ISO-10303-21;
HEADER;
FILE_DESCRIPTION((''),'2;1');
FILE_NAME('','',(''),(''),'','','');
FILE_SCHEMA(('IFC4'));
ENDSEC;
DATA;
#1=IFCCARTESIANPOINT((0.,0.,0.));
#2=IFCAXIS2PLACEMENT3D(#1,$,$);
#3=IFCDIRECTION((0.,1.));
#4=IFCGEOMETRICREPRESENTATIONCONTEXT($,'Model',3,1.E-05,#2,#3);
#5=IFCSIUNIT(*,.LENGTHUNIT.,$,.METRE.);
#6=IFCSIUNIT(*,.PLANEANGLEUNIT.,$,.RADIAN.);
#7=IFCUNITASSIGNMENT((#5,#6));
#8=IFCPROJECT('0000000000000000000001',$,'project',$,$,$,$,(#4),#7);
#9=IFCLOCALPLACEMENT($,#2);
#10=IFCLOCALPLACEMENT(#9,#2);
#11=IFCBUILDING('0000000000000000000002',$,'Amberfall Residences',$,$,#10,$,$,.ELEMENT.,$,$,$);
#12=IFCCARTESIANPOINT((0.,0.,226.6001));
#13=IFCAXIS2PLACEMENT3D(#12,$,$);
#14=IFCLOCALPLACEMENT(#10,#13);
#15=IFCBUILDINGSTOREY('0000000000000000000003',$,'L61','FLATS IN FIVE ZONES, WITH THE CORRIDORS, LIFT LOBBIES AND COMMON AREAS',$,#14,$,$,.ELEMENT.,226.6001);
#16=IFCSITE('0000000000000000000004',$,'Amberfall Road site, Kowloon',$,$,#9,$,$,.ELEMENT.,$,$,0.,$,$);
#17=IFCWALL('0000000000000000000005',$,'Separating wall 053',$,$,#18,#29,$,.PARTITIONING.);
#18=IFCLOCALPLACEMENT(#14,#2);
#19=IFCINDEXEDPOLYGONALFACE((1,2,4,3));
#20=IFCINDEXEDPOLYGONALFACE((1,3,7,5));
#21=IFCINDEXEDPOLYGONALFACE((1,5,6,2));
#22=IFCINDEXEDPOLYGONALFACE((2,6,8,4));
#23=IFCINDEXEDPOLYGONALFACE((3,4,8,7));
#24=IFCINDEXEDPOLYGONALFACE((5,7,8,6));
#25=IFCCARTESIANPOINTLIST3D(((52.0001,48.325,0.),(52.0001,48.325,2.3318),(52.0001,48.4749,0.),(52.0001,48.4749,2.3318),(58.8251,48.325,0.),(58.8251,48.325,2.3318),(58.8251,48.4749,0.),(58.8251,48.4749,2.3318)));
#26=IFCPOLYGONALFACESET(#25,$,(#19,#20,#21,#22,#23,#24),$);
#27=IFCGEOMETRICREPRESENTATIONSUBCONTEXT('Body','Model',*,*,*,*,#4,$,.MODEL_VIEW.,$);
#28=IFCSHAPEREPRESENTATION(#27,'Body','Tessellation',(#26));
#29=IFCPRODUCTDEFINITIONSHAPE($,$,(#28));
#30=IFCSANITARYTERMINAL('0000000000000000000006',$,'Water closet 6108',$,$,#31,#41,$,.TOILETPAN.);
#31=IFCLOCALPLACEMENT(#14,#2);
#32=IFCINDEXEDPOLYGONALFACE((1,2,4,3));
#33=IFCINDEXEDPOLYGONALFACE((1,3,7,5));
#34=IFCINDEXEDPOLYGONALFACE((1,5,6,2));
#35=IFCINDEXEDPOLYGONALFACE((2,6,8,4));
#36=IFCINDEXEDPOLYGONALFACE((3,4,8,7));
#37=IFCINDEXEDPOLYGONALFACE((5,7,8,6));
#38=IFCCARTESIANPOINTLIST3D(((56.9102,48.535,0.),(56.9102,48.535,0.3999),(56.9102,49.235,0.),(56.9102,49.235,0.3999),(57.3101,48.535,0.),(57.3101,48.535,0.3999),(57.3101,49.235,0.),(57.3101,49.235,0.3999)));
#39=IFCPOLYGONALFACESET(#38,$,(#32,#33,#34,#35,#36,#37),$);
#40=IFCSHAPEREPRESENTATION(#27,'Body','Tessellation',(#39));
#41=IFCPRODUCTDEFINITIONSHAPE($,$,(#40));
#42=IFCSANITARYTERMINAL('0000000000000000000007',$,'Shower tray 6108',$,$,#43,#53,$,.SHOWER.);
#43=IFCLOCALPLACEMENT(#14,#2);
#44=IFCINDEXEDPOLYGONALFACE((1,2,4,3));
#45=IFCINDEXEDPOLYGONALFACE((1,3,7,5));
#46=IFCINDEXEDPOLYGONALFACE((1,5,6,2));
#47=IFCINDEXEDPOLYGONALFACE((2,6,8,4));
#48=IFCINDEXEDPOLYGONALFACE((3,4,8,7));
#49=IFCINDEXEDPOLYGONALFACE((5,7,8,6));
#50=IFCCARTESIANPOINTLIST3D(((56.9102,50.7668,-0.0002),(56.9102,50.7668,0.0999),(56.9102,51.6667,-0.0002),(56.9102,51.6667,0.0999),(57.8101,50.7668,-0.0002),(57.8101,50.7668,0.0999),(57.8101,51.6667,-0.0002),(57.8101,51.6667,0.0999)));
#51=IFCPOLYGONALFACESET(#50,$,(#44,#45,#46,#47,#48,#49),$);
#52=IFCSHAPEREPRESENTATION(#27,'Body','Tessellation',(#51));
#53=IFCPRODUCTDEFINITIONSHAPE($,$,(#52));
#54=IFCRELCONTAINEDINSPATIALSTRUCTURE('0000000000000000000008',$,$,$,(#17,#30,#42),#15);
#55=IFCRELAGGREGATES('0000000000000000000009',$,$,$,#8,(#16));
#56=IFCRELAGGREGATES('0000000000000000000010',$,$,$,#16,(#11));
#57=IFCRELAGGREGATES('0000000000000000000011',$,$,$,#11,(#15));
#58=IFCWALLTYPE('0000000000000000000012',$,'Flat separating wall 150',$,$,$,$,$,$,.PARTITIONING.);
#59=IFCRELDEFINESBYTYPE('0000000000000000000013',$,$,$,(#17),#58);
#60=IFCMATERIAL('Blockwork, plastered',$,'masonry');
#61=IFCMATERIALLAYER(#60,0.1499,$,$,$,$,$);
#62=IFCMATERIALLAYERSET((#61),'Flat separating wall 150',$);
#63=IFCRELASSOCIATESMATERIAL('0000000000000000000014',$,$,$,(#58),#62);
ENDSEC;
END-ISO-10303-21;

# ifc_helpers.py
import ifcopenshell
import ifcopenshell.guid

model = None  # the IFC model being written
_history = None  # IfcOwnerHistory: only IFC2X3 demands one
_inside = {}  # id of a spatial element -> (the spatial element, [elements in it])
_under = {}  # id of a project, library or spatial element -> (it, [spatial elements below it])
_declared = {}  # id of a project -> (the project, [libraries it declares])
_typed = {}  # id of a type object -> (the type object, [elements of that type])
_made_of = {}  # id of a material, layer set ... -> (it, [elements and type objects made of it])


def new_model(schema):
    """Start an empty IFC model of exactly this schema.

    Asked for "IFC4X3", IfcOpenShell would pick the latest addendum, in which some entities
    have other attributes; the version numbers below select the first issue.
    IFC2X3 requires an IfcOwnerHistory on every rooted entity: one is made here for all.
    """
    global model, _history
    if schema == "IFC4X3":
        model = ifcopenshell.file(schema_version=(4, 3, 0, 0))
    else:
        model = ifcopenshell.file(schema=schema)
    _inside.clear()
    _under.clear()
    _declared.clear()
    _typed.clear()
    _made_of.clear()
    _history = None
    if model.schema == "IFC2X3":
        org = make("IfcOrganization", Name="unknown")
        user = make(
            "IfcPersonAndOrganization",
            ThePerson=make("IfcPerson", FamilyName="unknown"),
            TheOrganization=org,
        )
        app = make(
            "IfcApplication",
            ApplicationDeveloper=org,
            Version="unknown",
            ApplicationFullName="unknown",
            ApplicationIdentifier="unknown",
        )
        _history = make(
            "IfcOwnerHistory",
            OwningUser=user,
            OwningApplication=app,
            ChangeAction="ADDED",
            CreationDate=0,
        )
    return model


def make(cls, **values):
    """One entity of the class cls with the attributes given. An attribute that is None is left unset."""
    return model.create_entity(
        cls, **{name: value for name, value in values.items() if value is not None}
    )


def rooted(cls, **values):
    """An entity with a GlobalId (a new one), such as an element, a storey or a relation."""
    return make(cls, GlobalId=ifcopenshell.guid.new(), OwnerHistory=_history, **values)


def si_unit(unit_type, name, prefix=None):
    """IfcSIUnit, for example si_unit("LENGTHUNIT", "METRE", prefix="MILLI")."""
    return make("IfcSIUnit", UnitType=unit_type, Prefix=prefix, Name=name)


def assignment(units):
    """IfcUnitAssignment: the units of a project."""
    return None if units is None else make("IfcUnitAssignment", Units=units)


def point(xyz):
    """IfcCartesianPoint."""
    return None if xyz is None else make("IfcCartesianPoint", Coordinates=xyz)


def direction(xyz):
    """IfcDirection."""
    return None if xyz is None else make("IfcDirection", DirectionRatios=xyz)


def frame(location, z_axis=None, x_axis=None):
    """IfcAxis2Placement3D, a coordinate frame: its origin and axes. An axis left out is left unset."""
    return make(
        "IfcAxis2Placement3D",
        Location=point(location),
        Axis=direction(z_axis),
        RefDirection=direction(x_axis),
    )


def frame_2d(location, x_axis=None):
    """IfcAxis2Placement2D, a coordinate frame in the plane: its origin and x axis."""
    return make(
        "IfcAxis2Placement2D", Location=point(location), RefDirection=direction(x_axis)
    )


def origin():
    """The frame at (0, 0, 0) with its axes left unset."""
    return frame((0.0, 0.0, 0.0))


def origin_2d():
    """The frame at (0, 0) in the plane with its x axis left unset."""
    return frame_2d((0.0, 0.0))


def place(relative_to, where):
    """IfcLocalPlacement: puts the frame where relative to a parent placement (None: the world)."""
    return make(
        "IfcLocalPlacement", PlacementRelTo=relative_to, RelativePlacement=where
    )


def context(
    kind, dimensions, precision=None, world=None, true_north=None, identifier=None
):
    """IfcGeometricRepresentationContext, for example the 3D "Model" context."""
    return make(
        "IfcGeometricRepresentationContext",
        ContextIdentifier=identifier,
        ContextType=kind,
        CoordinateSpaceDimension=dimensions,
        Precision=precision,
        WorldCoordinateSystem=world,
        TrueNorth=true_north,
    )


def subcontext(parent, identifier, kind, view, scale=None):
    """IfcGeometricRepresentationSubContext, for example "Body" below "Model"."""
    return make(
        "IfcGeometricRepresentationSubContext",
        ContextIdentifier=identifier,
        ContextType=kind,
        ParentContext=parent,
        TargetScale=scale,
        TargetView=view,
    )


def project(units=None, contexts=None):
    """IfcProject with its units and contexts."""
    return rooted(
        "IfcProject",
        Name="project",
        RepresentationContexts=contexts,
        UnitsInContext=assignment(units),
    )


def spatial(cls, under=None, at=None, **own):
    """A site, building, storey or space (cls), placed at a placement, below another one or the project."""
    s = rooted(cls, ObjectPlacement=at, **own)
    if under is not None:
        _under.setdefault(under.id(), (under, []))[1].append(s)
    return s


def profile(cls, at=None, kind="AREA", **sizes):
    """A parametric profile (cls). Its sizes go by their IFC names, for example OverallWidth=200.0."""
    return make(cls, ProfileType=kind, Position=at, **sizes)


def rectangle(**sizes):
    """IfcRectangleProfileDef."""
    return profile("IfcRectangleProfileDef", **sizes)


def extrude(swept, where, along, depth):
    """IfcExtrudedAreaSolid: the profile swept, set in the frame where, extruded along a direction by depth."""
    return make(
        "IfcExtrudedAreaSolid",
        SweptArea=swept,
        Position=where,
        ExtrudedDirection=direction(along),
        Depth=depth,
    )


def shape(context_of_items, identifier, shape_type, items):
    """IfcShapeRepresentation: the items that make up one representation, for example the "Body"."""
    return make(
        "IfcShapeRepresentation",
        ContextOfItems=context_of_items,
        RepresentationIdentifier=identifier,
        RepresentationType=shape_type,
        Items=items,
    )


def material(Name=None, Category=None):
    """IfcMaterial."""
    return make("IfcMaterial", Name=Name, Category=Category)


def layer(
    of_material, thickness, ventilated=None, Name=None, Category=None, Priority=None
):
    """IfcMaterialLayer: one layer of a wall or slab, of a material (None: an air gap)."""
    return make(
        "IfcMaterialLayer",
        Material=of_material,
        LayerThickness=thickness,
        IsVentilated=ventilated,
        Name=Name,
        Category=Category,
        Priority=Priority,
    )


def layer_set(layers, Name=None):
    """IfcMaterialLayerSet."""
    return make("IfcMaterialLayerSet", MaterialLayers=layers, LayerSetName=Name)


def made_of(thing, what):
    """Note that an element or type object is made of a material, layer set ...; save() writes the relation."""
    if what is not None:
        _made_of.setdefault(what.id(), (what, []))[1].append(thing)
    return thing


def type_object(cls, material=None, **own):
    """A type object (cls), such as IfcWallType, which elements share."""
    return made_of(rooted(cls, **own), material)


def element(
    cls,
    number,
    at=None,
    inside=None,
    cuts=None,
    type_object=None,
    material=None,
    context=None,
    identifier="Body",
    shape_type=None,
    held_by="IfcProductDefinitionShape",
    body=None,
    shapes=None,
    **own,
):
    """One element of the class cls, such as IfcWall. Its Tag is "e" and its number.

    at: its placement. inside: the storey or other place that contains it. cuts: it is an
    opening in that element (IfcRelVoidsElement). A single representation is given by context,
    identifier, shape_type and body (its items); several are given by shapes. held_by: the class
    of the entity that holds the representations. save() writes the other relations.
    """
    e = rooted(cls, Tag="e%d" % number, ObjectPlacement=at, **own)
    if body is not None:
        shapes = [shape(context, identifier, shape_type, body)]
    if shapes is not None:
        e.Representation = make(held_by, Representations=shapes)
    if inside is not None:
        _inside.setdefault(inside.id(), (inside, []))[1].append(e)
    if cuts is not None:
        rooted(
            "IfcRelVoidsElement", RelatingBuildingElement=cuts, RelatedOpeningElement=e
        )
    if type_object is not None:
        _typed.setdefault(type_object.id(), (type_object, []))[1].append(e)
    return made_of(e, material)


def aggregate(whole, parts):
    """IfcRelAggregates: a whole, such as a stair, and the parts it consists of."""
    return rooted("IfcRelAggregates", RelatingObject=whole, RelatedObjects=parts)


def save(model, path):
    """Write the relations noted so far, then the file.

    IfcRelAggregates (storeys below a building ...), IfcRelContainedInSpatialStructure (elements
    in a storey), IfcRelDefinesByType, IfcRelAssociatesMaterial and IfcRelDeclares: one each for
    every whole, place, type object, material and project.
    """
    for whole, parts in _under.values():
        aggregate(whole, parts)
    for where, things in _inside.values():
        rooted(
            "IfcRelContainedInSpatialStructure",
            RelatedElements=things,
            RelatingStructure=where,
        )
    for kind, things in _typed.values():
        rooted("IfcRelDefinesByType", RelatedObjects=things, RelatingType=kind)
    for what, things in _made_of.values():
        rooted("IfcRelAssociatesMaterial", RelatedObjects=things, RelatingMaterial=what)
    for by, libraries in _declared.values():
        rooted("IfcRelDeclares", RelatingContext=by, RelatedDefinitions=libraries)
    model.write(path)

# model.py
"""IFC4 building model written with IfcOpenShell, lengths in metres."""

from ifc_helpers import new_model, si_unit, direction, frame, frame_2d, origin, origin_2d, place, context, subcontext, project, spatial, rectangle, extrude, material, layer, layer_set, type_object, element, save


model = new_model("IFC4")

# Units and contexts
model_context = context("Model", 3, precision=1e-05, world=origin(), true_north=direction((0.0, 1.0)))
body_context = subcontext(model_context, "Body", "Model", "MODEL_VIEW")
ifc_project = project(units=[si_unit("LENGTHUNIT", "METRE"), si_unit("PLANEANGLEUNIT", "RADIAN")], contexts=[model_context])

# Site, building, storey
site_placement = place(None, origin())
site = spatial("IfcSite", under=ifc_project, at=site_placement, Name="Amberfall Road site, Kowloon", CompositionType="ELEMENT", RefElevation=0.0)
building_placement = place(site_placement, origin())
building = spatial("IfcBuilding", under=site, at=building_placement, Name="Amberfall Residences", CompositionType="ELEMENT")
storey_placement = place(building_placement, frame((0.0, 0.0, 226.6001)))
storey = spatial("IfcBuildingStorey", under=building, at=storey_placement, Name="L61", Description="FLATS IN FIVE ZONES, WITH THE CORRIDORS, LIFT LOBBIES AND COMMON AREAS", CompositionType="ELEMENT", Elevation=226.6001)

# Wall
ifc_material_1 = material(Name="Blockwork, plastered", Category="masonry")
ifc_layer_1 = layer(ifc_material_1, 0.1499)
ifc_layer_set_1 = layer_set([ifc_layer_1], Name="Flat separating wall 150")
wall_type_1 = type_object("IfcWallType", Name="Flat separating wall 150", PredefinedType="PARTITIONING", material=ifc_layer_set_1)
wall_1_placement = place(storey_placement, frame((52.0, 48.3999, 0.0), z_axis=(0.0, 0.0, 1.0), x_axis=(1.0, 0.0, 0.0)))
element("IfcWall", 1, at=wall_1_placement, inside=storey, type_object=wall_type_1, Name="Separating wall 053", PredefinedType="PARTITIONING", context=body_context, shape_type="SweptSolid", body=[
    extrude(rectangle(XDim=6.825, YDim=0.1499, at=frame_2d((3.4126, 0.0))), origin(), (0.0, 0.0, 1.0), 2.3318),
])

# Sanitary terminals
sanitary_terminal_1_placement = place(storey_placement, frame((57.1101, 48.885, 0.0), z_axis=(0.0, 0.0, 1.0), x_axis=(1.0, 0.0, 0.0)))
element("IfcSanitaryTerminal", 2, at=sanitary_terminal_1_placement, inside=storey, Name="Water closet 6108", PredefinedType="TOILETPAN", context=body_context, shape_type="SweptSolid", body=[
    extrude(rectangle(XDim=0.3999, YDim=0.7, at=origin_2d()), origin(), (0.0, 0.0, 1.0), 0.3999),
])
sanitary_terminal_2_placement = place(storey_placement, frame((57.3601, 51.2168, -0.0002), z_axis=(0.0, 0.0, 1.0), x_axis=(1.0, 0.0, 0.0)))
element("IfcSanitaryTerminal", 3, at=sanitary_terminal_2_placement, inside=storey, Name="Shower tray 6108", PredefinedType="SHOWER", context=body_context, shape_type="SweptSolid", body=[
    extrude(rectangle(XDim=0.8999, YDim=0.8999, at=origin_2d()), origin(), (0.0, 0.0, 1.0), 0.1001),
])

save(model, "model.ifc")
